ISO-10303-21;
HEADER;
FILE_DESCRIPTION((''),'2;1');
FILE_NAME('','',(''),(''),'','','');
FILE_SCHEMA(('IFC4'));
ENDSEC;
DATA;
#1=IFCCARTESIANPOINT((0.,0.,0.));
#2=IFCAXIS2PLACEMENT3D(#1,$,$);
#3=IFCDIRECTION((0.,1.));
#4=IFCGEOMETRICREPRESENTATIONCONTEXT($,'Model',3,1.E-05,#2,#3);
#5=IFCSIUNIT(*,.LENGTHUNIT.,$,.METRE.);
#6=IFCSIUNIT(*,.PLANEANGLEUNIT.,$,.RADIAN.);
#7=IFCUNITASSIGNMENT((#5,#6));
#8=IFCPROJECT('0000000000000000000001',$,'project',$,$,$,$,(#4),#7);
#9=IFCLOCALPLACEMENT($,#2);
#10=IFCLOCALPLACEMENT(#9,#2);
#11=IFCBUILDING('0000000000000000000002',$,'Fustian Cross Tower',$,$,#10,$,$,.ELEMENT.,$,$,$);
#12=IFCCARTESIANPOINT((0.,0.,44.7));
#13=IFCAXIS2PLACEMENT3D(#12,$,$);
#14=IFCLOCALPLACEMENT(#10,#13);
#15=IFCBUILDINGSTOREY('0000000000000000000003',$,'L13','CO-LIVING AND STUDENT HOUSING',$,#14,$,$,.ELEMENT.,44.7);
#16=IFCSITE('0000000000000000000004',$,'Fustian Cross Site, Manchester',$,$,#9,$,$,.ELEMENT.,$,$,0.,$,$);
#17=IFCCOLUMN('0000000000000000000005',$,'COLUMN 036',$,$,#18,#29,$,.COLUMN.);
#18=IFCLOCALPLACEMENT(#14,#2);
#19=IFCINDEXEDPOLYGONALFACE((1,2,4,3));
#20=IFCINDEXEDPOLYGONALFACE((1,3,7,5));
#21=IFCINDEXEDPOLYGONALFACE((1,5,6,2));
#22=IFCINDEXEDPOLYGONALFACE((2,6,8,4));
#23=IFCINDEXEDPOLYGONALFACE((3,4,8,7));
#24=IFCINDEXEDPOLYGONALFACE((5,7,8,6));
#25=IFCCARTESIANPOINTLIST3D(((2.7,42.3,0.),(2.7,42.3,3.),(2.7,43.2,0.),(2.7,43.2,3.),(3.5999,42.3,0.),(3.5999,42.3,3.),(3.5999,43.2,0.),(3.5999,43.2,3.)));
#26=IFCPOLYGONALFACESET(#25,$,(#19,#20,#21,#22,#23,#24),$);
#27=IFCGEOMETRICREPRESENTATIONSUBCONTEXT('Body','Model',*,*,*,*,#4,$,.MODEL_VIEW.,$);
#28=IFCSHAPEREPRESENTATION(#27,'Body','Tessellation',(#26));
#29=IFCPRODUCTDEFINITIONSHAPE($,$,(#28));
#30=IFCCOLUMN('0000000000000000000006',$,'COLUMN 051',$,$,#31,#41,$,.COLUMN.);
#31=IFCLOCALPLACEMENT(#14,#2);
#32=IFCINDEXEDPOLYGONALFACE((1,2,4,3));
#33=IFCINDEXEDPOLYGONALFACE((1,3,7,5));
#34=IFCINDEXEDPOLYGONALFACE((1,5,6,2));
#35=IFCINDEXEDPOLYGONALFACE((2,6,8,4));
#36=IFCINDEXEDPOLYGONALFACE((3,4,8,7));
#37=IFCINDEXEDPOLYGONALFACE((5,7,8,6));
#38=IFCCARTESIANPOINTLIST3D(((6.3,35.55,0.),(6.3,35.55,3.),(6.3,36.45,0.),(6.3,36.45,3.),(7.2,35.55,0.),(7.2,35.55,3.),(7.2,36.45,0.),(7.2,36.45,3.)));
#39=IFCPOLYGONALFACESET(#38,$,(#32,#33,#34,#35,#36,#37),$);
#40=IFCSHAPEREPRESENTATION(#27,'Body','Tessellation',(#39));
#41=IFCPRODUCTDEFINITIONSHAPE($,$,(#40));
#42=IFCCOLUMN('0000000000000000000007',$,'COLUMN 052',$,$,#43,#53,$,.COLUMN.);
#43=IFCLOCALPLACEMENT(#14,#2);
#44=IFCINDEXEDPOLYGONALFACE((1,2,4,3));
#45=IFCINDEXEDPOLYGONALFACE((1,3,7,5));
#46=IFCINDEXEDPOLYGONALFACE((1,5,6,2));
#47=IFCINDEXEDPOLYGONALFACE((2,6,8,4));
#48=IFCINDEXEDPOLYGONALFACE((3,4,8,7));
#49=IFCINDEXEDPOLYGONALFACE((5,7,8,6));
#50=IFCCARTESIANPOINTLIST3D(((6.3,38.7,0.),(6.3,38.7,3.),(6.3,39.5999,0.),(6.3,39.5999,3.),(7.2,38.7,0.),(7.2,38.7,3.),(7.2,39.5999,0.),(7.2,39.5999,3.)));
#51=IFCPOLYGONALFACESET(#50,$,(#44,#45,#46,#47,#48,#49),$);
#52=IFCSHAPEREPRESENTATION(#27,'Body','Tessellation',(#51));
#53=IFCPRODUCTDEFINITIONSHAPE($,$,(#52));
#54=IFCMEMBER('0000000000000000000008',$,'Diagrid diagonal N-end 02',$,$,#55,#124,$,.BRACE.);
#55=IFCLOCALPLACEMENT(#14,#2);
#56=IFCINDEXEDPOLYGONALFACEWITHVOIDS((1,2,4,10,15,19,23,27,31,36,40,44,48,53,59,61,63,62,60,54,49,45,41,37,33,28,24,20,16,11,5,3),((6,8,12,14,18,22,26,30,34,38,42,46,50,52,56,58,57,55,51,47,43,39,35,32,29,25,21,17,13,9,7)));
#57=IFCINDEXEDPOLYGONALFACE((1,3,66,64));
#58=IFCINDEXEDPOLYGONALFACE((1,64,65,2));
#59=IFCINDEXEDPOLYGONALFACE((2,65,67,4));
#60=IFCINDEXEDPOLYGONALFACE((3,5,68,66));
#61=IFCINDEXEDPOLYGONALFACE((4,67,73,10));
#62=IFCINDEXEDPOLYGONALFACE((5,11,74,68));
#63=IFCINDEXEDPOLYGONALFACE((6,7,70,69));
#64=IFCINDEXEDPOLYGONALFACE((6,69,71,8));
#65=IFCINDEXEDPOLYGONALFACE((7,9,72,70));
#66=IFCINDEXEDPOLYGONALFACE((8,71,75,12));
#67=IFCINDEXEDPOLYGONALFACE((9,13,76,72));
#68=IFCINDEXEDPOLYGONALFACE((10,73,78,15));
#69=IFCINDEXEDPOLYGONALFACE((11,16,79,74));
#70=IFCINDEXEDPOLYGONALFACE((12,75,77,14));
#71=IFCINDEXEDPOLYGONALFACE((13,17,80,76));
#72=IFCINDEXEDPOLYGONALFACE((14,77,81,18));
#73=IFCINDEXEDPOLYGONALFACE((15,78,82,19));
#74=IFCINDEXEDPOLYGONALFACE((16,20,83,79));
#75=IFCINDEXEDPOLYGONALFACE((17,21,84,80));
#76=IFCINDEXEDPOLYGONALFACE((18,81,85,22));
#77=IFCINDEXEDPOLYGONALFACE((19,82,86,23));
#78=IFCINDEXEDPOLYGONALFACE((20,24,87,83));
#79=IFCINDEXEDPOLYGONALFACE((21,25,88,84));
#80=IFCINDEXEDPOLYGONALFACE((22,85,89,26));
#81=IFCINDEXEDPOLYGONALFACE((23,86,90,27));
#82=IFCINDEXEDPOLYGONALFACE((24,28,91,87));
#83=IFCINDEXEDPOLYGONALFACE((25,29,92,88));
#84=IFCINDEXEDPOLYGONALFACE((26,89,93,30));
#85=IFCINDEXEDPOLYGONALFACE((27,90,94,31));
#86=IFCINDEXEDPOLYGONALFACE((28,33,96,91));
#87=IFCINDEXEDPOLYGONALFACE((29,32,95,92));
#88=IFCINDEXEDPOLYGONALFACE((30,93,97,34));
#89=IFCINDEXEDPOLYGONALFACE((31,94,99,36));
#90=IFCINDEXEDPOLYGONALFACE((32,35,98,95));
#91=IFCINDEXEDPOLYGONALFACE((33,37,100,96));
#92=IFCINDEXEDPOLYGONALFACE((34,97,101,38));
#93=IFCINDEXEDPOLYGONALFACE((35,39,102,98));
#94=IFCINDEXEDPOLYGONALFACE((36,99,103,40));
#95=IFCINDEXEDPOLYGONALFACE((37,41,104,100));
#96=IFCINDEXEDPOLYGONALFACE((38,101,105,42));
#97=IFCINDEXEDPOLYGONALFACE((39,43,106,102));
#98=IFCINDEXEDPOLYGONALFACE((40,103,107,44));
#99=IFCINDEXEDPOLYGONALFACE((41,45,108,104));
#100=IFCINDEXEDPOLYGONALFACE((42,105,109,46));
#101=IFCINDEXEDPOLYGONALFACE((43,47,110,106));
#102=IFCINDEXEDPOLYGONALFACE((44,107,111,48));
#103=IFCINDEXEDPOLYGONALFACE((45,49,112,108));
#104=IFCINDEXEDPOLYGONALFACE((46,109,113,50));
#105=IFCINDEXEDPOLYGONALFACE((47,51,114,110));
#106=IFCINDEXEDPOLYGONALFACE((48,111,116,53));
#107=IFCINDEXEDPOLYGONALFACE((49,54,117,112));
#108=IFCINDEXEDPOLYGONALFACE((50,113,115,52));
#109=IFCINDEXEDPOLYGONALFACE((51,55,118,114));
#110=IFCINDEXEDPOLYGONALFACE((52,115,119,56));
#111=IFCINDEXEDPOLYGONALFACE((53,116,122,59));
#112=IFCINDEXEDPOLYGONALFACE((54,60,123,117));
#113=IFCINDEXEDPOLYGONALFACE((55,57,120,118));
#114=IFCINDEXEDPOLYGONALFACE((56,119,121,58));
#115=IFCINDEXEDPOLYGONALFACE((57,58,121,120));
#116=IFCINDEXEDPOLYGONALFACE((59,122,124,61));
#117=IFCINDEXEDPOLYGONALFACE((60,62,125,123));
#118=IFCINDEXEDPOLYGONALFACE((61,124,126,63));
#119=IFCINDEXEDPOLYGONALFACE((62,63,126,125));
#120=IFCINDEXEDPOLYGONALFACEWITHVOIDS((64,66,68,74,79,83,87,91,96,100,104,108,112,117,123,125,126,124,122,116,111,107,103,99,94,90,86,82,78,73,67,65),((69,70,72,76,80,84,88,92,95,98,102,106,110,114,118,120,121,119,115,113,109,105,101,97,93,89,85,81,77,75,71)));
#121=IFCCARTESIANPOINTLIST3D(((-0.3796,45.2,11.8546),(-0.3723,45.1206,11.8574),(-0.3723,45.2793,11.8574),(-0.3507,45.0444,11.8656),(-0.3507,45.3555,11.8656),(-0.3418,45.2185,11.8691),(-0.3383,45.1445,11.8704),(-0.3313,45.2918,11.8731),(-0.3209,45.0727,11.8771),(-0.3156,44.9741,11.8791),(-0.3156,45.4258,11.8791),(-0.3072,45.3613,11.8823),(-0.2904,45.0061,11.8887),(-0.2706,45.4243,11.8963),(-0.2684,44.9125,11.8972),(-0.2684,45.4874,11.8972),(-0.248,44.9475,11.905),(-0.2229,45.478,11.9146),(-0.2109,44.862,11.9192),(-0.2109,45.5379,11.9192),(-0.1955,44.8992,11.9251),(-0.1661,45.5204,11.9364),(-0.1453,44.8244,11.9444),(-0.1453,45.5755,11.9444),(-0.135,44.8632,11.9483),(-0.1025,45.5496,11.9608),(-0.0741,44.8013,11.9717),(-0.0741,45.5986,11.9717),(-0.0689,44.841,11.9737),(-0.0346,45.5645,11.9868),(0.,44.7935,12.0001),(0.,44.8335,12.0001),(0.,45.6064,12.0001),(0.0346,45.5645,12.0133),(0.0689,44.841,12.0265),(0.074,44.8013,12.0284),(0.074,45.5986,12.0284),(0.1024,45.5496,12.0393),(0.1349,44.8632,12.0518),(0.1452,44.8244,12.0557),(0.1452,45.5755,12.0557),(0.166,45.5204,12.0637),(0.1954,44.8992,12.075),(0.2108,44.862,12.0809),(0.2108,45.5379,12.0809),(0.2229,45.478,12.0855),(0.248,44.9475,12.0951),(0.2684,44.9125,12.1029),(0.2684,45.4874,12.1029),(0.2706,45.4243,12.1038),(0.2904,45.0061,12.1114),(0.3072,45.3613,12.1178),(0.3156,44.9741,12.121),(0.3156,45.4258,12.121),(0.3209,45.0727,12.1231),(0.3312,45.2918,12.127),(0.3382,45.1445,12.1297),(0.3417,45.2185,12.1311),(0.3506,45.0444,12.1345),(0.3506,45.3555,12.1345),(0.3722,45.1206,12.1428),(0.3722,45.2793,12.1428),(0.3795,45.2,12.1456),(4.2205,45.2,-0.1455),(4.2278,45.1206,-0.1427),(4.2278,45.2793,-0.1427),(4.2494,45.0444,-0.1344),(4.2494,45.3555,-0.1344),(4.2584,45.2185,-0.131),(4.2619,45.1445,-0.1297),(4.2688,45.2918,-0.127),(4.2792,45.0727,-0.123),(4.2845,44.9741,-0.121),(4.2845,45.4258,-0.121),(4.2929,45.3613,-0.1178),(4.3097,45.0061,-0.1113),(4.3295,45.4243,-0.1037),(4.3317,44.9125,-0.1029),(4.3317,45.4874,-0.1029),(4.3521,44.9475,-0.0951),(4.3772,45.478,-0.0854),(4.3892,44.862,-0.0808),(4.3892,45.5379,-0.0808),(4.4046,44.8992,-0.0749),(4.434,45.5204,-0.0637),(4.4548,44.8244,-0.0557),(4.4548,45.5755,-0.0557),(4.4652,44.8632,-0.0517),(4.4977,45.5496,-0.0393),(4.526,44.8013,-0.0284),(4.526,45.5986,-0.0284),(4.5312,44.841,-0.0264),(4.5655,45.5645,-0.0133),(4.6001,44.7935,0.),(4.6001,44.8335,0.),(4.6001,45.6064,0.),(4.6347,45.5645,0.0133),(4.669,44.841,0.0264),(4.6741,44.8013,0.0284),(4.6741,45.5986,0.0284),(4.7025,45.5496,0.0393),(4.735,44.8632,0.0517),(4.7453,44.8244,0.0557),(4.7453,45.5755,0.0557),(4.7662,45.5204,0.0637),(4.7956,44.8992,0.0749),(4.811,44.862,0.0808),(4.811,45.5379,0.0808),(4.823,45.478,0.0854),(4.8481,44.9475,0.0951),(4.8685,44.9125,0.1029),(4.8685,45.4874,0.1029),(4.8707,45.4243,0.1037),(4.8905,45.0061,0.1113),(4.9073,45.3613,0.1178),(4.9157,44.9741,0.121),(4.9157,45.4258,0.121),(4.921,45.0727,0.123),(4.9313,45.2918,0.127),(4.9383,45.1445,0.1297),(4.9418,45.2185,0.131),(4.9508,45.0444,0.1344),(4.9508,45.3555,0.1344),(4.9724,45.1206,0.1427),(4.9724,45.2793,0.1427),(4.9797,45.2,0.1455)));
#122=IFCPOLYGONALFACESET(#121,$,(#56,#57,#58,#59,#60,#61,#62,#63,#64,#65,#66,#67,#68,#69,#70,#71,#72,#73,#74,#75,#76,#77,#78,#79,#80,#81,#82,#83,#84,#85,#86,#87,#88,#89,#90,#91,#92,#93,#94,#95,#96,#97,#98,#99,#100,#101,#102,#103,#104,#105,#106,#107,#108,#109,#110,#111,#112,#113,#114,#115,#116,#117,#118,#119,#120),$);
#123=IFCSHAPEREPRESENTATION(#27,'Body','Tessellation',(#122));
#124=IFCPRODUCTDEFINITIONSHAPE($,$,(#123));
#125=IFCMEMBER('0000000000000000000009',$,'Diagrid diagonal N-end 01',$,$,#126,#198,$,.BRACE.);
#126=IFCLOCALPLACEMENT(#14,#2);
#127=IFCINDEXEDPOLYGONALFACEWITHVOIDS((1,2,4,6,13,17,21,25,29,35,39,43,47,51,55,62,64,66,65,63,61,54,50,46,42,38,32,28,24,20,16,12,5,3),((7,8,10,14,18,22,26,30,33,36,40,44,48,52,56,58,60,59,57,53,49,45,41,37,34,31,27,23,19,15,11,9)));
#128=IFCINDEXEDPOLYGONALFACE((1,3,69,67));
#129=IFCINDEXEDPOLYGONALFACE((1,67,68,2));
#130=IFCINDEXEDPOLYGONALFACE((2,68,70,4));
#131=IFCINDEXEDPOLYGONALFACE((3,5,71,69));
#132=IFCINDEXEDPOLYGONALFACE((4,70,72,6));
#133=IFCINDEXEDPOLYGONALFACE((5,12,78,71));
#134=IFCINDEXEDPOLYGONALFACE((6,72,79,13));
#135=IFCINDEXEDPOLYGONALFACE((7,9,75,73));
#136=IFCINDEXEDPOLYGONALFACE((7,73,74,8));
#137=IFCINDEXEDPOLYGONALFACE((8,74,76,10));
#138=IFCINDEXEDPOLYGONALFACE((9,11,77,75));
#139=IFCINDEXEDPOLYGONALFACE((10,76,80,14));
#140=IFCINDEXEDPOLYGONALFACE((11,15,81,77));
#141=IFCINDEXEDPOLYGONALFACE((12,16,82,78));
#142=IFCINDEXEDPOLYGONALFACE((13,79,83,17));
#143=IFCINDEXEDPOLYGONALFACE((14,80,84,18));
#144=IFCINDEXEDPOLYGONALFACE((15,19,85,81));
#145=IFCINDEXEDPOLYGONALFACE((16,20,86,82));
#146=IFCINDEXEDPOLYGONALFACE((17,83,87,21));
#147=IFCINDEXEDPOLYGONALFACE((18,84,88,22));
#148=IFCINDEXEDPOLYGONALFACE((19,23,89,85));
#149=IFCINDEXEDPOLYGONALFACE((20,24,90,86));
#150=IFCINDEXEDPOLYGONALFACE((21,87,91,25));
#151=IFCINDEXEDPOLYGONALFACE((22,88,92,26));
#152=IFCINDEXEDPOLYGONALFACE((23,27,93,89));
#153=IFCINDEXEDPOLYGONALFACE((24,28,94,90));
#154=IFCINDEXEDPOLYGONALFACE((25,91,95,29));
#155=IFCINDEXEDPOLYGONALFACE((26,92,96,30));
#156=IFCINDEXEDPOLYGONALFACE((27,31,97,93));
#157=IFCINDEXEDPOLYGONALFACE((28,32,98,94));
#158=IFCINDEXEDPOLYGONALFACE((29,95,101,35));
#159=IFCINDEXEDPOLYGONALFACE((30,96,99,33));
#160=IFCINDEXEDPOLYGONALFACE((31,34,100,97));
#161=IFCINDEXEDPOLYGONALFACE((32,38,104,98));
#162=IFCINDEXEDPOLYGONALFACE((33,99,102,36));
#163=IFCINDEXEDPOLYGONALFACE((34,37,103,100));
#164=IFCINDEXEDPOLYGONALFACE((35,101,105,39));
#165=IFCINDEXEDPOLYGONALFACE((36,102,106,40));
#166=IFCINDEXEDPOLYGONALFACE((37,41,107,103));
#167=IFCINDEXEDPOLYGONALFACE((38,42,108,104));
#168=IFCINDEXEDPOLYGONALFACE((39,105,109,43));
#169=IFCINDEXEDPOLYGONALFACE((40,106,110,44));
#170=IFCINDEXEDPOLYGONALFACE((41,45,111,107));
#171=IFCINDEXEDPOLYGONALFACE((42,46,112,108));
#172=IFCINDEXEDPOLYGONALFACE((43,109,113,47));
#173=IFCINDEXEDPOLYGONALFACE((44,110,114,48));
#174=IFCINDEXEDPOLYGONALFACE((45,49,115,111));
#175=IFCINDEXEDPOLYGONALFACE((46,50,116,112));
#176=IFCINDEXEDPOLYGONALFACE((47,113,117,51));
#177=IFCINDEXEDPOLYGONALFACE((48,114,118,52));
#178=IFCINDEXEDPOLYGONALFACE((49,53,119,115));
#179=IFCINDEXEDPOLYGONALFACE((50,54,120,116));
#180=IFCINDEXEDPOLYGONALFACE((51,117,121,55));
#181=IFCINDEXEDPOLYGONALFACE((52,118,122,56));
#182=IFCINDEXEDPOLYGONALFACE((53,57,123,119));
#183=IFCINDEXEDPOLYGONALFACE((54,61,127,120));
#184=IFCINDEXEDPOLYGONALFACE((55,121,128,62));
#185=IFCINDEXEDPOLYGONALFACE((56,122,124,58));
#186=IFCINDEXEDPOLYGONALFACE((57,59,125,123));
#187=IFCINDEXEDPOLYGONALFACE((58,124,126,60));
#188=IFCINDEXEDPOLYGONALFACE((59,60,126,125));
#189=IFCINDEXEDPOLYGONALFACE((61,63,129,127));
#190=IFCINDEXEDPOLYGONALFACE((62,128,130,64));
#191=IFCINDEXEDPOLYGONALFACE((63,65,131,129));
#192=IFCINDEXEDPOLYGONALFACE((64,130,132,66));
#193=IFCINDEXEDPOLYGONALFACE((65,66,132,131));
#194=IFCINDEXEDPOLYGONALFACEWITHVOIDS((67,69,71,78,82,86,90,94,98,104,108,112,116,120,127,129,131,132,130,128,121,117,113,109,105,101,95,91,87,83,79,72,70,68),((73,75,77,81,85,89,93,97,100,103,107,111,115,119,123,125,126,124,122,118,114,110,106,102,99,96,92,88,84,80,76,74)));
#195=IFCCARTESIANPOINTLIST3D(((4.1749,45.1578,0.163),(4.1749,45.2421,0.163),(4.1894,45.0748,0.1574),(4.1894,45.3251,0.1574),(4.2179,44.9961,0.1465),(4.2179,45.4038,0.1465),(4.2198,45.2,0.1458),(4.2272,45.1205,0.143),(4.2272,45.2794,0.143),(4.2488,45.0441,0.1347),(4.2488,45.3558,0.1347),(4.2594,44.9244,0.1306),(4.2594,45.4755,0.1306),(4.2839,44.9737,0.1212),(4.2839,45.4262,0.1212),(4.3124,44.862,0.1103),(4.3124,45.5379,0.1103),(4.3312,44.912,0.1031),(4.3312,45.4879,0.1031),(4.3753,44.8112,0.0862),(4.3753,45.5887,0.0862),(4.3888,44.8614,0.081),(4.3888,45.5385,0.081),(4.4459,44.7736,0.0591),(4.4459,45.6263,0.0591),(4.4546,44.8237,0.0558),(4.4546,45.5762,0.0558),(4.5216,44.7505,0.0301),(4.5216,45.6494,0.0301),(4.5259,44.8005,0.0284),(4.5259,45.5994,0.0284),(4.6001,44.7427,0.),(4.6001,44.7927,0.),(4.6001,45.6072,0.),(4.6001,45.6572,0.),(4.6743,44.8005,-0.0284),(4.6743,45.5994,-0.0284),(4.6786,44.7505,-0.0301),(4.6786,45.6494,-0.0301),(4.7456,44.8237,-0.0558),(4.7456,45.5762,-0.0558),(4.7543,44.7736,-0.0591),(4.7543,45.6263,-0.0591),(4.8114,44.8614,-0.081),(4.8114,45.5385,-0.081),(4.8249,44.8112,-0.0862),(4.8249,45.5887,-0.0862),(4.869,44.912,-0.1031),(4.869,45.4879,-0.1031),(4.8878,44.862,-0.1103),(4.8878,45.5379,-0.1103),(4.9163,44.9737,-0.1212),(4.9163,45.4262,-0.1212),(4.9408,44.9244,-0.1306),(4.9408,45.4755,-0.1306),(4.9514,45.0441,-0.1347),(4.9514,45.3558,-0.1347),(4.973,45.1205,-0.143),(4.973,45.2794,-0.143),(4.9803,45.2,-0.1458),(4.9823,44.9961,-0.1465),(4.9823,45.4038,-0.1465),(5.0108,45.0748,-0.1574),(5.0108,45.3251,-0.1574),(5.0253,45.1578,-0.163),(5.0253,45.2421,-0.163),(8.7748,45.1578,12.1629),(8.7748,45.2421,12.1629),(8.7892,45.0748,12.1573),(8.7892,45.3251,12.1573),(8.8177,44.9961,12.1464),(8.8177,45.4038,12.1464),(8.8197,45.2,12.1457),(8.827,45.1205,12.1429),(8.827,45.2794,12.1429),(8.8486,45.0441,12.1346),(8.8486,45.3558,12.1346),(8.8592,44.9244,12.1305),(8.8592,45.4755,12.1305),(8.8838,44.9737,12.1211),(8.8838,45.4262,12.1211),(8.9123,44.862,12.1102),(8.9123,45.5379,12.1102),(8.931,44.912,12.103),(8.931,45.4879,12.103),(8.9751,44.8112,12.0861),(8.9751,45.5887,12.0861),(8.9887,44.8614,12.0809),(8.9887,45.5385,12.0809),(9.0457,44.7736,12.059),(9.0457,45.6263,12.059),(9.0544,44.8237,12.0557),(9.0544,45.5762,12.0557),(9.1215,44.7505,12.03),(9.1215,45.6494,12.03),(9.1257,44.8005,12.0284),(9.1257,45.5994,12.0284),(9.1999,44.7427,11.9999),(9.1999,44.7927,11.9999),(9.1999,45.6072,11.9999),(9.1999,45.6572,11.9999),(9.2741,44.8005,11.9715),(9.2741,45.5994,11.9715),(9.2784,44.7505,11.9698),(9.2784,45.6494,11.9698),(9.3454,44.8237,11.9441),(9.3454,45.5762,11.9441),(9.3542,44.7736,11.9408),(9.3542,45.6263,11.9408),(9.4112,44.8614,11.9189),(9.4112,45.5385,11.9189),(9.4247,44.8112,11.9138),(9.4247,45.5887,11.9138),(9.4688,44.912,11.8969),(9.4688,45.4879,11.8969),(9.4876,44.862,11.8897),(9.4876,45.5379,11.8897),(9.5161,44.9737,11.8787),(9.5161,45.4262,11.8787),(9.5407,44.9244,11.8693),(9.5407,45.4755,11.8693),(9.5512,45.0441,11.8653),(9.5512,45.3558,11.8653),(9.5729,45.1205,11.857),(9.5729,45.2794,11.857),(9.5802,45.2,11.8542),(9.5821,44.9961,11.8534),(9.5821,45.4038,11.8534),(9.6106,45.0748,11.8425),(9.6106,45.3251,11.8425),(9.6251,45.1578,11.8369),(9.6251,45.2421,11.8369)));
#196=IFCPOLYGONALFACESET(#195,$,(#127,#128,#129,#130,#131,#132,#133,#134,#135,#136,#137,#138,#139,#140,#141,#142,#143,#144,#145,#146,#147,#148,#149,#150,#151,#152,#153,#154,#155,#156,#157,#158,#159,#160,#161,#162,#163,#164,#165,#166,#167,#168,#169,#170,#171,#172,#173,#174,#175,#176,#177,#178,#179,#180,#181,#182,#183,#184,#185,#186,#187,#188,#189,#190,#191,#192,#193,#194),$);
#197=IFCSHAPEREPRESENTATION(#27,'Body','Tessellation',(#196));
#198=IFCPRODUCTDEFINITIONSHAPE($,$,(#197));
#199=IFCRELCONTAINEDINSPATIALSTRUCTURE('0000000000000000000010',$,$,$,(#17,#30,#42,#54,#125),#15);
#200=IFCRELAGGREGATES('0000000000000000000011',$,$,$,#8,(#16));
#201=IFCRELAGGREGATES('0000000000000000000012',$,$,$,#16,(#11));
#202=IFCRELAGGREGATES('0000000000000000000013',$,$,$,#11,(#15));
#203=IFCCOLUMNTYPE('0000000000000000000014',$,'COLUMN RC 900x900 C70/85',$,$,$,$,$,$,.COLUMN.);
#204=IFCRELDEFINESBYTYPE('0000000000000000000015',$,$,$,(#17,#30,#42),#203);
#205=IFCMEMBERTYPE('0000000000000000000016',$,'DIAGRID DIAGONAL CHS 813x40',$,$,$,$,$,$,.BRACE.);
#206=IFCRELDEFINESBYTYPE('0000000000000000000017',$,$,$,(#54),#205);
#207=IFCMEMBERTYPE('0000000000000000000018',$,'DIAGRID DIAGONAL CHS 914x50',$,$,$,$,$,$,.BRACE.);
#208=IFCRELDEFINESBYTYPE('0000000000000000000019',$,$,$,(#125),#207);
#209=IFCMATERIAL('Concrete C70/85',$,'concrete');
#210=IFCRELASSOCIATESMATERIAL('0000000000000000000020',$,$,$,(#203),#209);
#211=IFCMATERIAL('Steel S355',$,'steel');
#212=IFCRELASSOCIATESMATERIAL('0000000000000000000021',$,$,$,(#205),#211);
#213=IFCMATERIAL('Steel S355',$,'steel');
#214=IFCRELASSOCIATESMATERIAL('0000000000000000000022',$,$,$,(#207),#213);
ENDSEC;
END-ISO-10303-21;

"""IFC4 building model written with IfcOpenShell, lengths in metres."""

from ifc_helpers import new_model, si_unit, direction, frame, origin, origin_2d, place, context, subcontext, project, spatial, rectangle, hollow_circle, extrude, material, material_profile, profile_set, type_object, element, save


model = new_model("IFC4")

# Units and contexts
model_context = context("Model", 3, precision=1e-05, world=origin(), true_north=direction((0.0, 1.0)))
body_context = subcontext(model_context, "Body", "Model", "MODEL_VIEW")
ifc_project = project(units=[si_unit("LENGTHUNIT", "METRE"), si_unit("PLANEANGLEUNIT", "RADIAN")], contexts=[model_context])

# Site, building, storey
site_placement = place(None, origin())
site = spatial("IfcSite", under=ifc_project, at=site_placement, Name="Fustian Cross Site, Manchester", CompositionType="ELEMENT", RefElevation=0.0)
building_placement = place(site_placement, origin())
building = spatial("IfcBuilding", under=site, at=building_placement, Name="Fustian Cross Tower", CompositionType="ELEMENT")
storey_placement = place(building_placement, frame((0.0, 0.0, 44.7)))
storey = spatial("IfcBuildingStorey", under=building, at=storey_placement, Name="L13", Description="CO-LIVING AND STUDENT HOUSING", CompositionType="ELEMENT", Elevation=44.7)

# Columns
ifc_material_1 = material(Name="Concrete C70/85", Category="concrete")
ifc_material_profile_1 = material_profile(ifc_material_1, rectangle(XDim=0.8999, YDim=0.8999, at=origin_2d()), Name="RC 900x900")
ifc_profile_set_1 = profile_set([ifc_material_profile_1], Name="Concrete C70/85")
column_type = type_object("IfcColumnType", Name="COLUMN RC 900x900 C70/85", PredefinedType="COLUMN", material=ifc_profile_set_1)
for number, where, z_axis, x_axis, name in (
    (1, (3.1499, 42.75, 0.0), (0.0, 0.0, 1.0), (1.0, 0.0, 0.0), "COLUMN 036"),
    (2, (6.75, 36.0, 0.0), (0.0, 0.0, 1.0), (1.0, 0.0, 0.0), "COLUMN 051"),
    (3, (6.75, 39.1499, 0.0), (0.0, 0.0, 1.0), (1.0, 0.0, 0.0), "COLUMN 052"),
):
    element("IfcColumn", number, at=place(storey_placement, frame(where, z_axis=z_axis, x_axis=x_axis)), inside=storey, type_object=column_type, Name=name, PredefinedType="COLUMN", context=body_context, shape_type="SweptSolid", body=[
        extrude(rectangle(XDim=0.8999, YDim=0.8999, at=origin_2d()), origin(), (0.0, 0.0, 1.0), 3.0),
    ])

# Members
ifc_material_2 = material(Name="Steel S355", Category="steel")
ifc_material_profile_2 = material_profile(ifc_material_2, hollow_circle(Radius=0.4065, WallThickness=0.04, at=origin_2d()), Name="CHS 813x40")
ifc_profile_set_2 = profile_set([ifc_material_profile_2], Name="Steel S355")
member_type_1 = type_object("IfcMemberType", Name="DIAGRID DIAGONAL CHS 813x40", PredefinedType="BRACE", material=ifc_profile_set_2)
member_1_placement = place(storey_placement, frame((4.6001, 45.2, 0.0), z_axis=(-0.357943, 0.0, 0.933744), x_axis=(0.0, -1.0, 0.0)))
element("IfcMember", 4, at=member_1_placement, inside=storey, type_object=member_type_1, Name="Diagrid diagonal N-end 02", PredefinedType="BRACE", context=body_context, shape_type="SweptSolid", body=[
    extrude(hollow_circle(Radius=0.4065, WallThickness=0.04, at=origin_2d()), origin(), (0.0, 0.0, 1.0), 12.8516),
])
ifc_material_3 = material(Name="Steel S355", Category="steel")
ifc_material_profile_3 = material_profile(ifc_material_3, hollow_circle(Radius=0.4573, WallThickness=0.05, at=origin_2d()), Name="CHS 914x50")
ifc_profile_set_3 = profile_set([ifc_material_profile_3], Name="Steel S355")
member_type_2 = type_object("IfcMemberType", Name="DIAGRID DIAGONAL CHS 914x50", PredefinedType="BRACE", material=ifc_profile_set_3)
member_2_placement = place(storey_placement, frame((4.6001, 45.2, 0.0), z_axis=(0.357926, 0.0, 0.93375), x_axis=(0.0, 1.0, 0.0)))
element("IfcMember", 5, at=member_2_placement, inside=storey, type_object=member_type_2, Name="Diagrid diagonal N-end 01", PredefinedType="BRACE", context=body_context, shape_type="SweptSolid", body=[
    extrude(hollow_circle(Radius=0.4573, WallThickness=0.05, at=origin_2d()), origin(), (0.0, 0.0, 1.0), 12.8513),
])

save(model, "model.ifc")
